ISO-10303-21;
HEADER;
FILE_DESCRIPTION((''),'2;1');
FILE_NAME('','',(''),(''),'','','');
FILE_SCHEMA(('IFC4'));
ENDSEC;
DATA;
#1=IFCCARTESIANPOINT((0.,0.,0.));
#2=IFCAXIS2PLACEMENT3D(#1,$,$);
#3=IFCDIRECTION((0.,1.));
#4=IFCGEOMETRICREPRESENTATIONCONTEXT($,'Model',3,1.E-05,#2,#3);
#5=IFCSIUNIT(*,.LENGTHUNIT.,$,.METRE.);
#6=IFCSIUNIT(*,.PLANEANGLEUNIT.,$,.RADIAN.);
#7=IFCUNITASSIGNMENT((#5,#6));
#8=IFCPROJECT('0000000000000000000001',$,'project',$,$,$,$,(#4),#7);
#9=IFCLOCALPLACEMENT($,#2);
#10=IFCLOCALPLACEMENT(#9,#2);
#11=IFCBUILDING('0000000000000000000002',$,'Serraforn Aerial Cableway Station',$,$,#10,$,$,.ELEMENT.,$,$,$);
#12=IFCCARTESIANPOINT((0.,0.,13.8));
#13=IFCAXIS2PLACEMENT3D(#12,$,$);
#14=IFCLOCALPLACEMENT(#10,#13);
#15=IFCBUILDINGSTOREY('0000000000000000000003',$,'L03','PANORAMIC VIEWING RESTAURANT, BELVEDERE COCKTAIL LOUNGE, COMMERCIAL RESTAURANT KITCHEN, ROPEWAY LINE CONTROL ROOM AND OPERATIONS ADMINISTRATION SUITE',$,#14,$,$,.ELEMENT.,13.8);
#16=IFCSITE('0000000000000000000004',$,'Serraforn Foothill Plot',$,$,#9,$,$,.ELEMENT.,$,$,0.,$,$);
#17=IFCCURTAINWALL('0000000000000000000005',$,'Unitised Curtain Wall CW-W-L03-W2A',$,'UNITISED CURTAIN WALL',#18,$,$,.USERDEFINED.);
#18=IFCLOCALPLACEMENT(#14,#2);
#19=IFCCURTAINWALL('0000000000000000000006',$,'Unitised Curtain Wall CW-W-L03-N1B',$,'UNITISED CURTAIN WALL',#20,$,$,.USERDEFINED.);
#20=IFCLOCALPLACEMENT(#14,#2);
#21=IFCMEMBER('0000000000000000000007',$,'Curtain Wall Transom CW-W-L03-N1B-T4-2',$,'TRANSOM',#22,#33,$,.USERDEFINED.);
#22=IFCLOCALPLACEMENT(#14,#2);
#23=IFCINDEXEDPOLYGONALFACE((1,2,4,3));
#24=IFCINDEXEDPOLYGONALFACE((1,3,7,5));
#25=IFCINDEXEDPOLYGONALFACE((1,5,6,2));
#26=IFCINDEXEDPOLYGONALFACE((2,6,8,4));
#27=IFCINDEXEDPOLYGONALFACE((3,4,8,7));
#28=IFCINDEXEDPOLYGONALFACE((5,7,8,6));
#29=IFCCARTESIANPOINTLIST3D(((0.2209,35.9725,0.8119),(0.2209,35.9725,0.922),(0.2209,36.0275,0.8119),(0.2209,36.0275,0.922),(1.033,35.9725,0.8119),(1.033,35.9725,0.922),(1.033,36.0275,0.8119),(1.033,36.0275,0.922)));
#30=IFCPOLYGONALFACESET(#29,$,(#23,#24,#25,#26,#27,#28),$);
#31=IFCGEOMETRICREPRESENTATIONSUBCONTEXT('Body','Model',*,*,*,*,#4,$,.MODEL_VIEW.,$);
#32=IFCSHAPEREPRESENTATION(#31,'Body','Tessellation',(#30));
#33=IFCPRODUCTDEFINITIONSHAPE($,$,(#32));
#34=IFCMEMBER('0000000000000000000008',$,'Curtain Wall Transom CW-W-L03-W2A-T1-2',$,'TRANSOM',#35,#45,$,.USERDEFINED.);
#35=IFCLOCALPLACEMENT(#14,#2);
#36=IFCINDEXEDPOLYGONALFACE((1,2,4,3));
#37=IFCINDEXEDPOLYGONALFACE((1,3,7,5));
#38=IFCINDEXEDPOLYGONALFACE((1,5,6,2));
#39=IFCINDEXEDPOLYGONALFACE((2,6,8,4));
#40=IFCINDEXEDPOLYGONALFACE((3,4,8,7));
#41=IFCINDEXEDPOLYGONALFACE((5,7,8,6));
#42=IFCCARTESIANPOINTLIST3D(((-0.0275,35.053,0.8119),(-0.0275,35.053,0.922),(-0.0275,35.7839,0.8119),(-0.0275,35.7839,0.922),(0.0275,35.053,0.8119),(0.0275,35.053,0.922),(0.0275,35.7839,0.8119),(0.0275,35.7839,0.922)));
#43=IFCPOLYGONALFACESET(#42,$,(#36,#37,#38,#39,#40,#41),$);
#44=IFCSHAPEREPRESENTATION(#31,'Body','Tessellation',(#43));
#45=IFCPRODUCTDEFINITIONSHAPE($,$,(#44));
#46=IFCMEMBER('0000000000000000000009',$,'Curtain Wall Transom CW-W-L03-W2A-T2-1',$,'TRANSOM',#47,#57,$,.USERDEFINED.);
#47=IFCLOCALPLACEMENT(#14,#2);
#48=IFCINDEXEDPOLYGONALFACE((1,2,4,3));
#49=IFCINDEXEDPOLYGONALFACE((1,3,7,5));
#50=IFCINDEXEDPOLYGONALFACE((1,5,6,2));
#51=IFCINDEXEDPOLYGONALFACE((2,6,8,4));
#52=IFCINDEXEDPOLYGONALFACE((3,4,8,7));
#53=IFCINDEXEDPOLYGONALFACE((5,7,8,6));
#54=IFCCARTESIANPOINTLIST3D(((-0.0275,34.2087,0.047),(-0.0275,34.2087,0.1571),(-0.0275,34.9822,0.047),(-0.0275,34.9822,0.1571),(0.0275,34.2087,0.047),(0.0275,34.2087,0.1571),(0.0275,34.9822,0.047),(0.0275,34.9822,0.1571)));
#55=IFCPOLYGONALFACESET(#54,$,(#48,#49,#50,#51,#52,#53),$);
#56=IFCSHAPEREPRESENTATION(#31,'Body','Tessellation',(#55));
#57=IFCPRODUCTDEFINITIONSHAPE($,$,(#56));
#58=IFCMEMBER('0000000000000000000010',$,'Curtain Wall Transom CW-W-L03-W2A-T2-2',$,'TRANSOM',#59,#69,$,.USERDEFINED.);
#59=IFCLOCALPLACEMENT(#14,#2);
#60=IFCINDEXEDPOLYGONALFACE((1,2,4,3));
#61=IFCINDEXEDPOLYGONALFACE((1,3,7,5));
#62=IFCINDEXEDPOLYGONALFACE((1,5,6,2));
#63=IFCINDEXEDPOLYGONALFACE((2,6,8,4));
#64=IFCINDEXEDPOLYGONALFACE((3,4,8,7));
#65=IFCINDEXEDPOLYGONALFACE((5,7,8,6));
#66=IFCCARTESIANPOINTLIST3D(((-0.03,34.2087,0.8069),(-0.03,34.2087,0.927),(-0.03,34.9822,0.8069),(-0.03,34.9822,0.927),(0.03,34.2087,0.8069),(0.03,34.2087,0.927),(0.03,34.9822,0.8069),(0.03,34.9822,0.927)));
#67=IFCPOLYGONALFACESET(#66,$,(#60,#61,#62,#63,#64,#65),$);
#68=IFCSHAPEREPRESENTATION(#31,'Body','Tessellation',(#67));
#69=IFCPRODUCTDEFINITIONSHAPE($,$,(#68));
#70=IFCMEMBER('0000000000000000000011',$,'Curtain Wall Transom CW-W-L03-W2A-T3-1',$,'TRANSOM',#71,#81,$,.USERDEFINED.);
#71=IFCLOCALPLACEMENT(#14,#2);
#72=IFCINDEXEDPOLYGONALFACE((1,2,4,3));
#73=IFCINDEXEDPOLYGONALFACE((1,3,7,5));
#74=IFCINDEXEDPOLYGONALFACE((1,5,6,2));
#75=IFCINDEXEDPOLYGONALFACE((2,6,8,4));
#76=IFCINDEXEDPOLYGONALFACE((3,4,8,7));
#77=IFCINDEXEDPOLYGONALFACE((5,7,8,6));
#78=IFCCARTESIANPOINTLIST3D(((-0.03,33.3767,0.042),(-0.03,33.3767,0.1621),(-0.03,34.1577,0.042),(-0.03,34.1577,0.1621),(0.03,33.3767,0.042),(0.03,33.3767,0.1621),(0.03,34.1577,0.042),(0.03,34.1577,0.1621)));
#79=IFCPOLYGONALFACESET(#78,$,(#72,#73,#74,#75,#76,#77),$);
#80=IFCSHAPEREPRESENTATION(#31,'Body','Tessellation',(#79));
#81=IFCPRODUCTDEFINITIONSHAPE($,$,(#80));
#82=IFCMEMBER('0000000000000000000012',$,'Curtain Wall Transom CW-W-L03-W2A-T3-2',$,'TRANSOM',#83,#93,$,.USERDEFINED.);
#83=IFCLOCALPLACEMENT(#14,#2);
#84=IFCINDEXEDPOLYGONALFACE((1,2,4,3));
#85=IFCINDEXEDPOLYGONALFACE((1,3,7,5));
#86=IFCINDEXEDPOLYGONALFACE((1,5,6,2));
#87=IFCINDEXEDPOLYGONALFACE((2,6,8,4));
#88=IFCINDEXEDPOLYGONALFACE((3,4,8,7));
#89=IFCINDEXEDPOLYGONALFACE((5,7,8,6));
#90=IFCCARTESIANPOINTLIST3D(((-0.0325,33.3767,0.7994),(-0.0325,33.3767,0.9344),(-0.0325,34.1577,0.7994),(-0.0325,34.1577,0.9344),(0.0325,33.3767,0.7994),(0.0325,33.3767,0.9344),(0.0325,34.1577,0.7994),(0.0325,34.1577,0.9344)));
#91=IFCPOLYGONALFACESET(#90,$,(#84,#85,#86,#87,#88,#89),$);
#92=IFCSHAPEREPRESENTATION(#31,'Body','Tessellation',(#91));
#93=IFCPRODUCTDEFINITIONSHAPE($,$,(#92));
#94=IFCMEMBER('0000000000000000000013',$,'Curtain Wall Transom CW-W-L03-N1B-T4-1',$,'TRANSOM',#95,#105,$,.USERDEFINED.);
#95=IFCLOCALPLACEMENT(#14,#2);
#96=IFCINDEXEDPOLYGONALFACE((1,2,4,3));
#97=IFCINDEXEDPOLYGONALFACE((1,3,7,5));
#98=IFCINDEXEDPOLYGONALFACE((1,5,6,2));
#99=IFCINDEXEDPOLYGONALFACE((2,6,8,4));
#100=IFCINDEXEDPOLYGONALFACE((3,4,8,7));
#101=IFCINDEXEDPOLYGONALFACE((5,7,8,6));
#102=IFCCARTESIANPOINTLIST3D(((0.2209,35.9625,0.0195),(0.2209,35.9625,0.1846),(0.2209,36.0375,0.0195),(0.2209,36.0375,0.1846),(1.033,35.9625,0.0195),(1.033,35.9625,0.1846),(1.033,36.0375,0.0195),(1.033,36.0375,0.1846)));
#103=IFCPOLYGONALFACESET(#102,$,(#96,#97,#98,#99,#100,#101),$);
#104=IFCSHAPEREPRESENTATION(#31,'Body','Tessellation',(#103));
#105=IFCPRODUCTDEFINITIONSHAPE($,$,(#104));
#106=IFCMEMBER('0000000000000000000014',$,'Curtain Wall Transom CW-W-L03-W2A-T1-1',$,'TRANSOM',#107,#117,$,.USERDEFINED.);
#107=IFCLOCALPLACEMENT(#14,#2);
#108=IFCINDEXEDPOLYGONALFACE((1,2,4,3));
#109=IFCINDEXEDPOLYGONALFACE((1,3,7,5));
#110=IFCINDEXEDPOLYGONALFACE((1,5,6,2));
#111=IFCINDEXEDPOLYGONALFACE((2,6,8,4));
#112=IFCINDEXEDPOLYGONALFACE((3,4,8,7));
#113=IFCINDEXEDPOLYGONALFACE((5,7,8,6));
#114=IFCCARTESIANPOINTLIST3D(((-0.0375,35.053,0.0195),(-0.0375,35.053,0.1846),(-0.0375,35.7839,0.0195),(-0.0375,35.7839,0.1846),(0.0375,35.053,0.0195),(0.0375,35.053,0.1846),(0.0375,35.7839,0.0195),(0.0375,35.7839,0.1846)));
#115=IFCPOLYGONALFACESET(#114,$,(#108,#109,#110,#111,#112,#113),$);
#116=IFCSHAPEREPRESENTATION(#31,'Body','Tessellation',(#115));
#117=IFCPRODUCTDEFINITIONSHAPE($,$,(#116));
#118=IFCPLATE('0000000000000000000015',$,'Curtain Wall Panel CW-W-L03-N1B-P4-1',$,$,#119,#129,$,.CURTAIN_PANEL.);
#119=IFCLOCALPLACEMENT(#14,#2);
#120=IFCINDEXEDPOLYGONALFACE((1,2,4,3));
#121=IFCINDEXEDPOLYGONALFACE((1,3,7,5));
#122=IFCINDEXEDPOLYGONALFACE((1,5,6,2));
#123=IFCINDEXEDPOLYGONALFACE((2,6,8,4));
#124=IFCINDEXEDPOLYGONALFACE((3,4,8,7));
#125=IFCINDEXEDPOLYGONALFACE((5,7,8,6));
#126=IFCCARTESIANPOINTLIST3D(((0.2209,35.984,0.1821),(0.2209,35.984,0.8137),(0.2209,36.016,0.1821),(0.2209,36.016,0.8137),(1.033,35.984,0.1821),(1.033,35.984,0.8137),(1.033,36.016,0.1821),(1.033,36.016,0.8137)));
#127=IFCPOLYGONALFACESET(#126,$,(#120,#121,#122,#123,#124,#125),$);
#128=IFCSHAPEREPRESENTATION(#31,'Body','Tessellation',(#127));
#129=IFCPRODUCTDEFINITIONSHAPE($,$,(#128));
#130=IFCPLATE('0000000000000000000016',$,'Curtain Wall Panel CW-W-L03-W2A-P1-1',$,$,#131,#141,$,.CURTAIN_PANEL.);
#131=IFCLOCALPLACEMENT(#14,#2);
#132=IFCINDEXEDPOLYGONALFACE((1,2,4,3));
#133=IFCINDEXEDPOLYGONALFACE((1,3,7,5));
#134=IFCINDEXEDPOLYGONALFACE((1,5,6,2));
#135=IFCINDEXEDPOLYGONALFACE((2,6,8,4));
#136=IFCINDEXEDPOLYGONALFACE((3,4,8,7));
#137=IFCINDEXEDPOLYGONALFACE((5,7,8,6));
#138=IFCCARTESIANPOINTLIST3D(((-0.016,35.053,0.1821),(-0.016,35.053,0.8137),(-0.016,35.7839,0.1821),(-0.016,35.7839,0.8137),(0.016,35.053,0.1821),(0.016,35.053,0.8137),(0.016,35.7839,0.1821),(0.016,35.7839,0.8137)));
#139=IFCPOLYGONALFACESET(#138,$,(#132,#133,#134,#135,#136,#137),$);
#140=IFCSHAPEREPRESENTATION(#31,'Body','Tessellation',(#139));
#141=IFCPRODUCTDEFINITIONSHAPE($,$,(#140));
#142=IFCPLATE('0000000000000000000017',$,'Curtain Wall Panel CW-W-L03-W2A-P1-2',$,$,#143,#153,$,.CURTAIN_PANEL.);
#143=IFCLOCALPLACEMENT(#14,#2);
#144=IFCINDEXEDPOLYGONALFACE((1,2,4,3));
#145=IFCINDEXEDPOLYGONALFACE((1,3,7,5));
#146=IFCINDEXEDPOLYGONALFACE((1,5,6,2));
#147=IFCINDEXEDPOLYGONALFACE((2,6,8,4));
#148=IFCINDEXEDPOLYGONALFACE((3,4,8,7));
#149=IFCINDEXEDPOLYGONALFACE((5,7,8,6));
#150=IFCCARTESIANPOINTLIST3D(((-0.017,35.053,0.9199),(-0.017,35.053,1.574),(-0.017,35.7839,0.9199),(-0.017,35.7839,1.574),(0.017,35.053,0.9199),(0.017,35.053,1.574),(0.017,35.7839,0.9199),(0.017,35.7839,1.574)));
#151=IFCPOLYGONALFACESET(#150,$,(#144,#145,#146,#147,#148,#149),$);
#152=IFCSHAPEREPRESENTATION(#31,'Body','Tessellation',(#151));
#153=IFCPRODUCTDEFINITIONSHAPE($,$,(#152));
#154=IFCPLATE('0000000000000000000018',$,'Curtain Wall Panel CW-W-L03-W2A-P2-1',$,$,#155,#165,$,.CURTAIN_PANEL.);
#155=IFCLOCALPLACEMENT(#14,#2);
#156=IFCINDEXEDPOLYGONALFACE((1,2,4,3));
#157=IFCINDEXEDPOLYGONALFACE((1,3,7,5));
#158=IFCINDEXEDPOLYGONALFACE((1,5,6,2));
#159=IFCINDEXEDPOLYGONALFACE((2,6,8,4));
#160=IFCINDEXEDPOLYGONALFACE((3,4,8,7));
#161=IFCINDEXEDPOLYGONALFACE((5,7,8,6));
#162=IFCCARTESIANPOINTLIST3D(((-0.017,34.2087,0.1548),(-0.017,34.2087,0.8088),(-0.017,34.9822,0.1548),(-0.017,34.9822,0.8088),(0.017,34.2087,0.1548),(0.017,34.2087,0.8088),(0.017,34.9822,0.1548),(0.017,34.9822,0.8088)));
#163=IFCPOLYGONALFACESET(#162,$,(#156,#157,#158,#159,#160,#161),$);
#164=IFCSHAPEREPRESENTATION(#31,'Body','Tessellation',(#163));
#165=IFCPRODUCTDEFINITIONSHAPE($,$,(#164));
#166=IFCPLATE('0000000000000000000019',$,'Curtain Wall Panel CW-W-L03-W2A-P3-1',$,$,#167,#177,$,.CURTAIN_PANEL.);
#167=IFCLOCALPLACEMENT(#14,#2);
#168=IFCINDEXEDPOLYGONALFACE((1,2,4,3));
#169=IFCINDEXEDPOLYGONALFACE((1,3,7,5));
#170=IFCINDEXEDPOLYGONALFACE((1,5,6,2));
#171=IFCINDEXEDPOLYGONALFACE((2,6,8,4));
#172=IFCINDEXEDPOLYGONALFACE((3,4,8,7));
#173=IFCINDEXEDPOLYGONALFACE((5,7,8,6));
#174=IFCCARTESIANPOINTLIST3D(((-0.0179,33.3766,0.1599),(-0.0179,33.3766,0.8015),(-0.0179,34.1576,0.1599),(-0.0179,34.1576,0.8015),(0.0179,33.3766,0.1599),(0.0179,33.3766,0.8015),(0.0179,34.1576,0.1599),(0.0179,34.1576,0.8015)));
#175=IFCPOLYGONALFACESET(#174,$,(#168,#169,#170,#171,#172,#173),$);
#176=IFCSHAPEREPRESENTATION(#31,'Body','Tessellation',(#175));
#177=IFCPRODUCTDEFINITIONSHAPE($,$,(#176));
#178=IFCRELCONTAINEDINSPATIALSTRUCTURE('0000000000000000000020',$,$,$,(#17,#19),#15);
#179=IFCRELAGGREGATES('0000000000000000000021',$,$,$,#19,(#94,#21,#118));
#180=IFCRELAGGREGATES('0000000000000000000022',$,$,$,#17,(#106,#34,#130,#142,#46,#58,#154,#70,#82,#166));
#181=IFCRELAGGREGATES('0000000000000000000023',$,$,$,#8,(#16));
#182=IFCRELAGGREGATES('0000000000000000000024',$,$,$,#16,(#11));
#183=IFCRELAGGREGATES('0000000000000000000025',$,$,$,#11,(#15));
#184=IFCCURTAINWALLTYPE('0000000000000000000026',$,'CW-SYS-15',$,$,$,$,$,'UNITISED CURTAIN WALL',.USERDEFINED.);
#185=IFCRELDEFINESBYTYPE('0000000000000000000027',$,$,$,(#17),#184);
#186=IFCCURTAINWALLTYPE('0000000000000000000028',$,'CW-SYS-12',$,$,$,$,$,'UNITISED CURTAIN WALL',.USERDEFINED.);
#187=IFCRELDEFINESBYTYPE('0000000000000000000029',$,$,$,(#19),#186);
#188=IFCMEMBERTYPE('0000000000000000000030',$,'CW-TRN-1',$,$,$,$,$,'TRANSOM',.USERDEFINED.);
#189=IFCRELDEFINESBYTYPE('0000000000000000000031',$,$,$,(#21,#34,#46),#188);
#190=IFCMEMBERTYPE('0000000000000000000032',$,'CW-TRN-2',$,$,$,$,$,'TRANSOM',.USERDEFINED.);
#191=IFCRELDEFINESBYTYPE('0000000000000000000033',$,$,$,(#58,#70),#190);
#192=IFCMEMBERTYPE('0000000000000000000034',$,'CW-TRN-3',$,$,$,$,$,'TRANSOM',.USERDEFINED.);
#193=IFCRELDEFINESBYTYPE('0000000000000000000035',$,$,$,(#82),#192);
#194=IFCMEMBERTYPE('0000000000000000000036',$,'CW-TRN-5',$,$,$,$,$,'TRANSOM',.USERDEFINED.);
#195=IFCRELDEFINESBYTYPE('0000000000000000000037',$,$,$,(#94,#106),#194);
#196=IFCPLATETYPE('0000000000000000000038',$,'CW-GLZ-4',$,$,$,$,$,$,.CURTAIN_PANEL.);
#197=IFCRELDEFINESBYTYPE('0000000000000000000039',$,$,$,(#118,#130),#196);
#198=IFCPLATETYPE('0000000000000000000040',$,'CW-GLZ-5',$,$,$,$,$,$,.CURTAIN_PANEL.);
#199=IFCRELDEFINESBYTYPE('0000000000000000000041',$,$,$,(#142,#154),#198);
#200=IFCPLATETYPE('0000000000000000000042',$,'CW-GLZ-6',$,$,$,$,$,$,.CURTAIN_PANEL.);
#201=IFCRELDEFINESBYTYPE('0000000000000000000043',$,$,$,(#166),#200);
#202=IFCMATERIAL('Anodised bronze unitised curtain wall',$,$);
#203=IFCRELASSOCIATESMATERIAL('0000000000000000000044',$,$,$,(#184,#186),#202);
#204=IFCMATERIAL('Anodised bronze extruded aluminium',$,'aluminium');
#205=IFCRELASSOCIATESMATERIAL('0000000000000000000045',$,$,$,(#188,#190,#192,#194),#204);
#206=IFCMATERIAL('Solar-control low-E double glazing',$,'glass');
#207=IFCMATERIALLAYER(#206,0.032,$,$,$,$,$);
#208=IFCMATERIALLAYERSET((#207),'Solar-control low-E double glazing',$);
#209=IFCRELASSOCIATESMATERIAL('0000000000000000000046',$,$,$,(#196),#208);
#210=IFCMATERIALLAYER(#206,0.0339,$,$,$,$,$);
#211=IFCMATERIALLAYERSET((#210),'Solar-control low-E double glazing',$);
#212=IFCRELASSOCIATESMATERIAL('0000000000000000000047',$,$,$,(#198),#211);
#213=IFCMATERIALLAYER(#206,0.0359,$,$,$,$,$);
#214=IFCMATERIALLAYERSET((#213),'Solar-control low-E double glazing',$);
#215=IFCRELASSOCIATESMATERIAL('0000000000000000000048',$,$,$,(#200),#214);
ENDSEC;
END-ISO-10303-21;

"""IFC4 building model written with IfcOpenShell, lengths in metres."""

from ifc_helpers import new_model, si_unit, direction, frame, origin, origin_2d, place, context, subcontext, project, spatial, rectangle, extrude, material, layer, layer_set, material_profile, profile_set, type_object, element, aggregate, save


model = new_model("IFC4")

# Units and contexts
model_context = context("Model", 3, precision=1e-05, world=origin(), true_north=direction((0.0, 1.0)))
body_context = subcontext(model_context, "Body", "Model", "MODEL_VIEW")
ifc_project = project(units=[si_unit("LENGTHUNIT", "METRE"), si_unit("PLANEANGLEUNIT", "RADIAN")], contexts=[model_context])

# Site, building, storey
site_placement = place(None, origin())
site = spatial("IfcSite", under=ifc_project, at=site_placement, Name="Serraforn Foothill Plot", CompositionType="ELEMENT", RefElevation=0.0)
building_placement = place(site_placement, origin())
building = spatial("IfcBuilding", under=site, at=building_placement, Name="Serraforn Aerial Cableway Station", CompositionType="ELEMENT")
storey_placement = place(building_placement, frame((0.0, 0.0, 13.8)))
storey = spatial("IfcBuildingStorey", under=building, at=storey_placement, Name="L03", Description="PANORAMIC VIEWING RESTAURANT, BELVEDERE COCKTAIL LOUNGE, COMMERCIAL RESTAURANT KITCHEN, ROPEWAY LINE CONTROL ROOM AND OPERATIONS ADMINISTRATION SUITE", CompositionType="ELEMENT", Elevation=13.8)

# Curtain wall
ifc_material_1 = material(Name="Anodised bronze unitised curtain wall")
curtain_wall_type_1 = type_object("IfcCurtainWallType", Name="CW-SYS-15", ElementType="UNITISED CURTAIN WALL", PredefinedType="USERDEFINED", material=ifc_material_1)
curtain_wall_1_placement = place(storey_placement, origin())
curtain_wall_1 = element("IfcCurtainWall", 1, at=curtain_wall_1_placement, inside=storey, type_object=curtain_wall_type_1, Name="Unitised Curtain Wall CW-W-L03-W2A", ObjectType="UNITISED CURTAIN WALL", PredefinedType="USERDEFINED")
ifc_material_2 = material(Name="Anodised bronze extruded aluminium", Category="aluminium")

# Curtain wall
curtain_wall_type_2 = type_object("IfcCurtainWallType", Name="CW-SYS-12", ElementType="UNITISED CURTAIN WALL", PredefinedType="USERDEFINED", material=ifc_material_1)
curtain_wall_2_placement = place(storey_placement, origin())
curtain_wall_2 = element("IfcCurtainWall", 2, at=curtain_wall_2_placement, inside=storey, type_object=curtain_wall_type_2, Name="Unitised Curtain Wall CW-W-L03-N1B", ObjectType="UNITISED CURTAIN WALL", PredefinedType="USERDEFINED")

# Members
ifc_material_profile_1 = material_profile(ifc_material_2, rectangle(XDim=0.0549, YDim=0.1101, at=origin_2d()), Name="CW TRANSOM 55x110")
ifc_profile_set_1 = profile_set([ifc_material_profile_1], Name="Anodised bronze extruded aluminium")
member_type_1 = type_object("IfcMemberType", Name="CW-TRN-1", ElementType="TRANSOM", PredefinedType="USERDEFINED", material=ifc_profile_set_1)
member_1_placement = place(storey_placement, frame((1.033, 36.0, 0.8669), z_axis=(-1.0, 0.0, 0.0), x_axis=(0.0, -1.0, 0.0)))
member_1 = element("IfcMember", 3, at=member_1_placement, type_object=member_type_1, Name="Curtain Wall Transom CW-W-L03-N1B-T4-2", ObjectType="TRANSOM", PredefinedType="USERDEFINED", context=body_context, shape_type="SweptSolid", body=[
    extrude(rectangle(XDim=0.0549, YDim=0.1101, at=origin_2d()), origin(), (0.0, 0.0, 1.0), 0.812),
])
member_2_placement = place(storey_placement, frame((0.0, 35.7839, 0.8669), z_axis=(0.0, -1.0, 0.0), x_axis=(1.0, 0.0, 0.0)))
member_2 = element("IfcMember", 4, at=member_2_placement, type_object=member_type_1, Name="Curtain Wall Transom CW-W-L03-W2A-T1-2", ObjectType="TRANSOM", PredefinedType="USERDEFINED", context=body_context, shape_type="SweptSolid", body=[
    extrude(rectangle(XDim=0.0549, YDim=0.1101, at=origin_2d()), origin(), (0.0, 0.0, 1.0), 0.731),
])
member_3_placement = place(storey_placement, frame((0.0, 34.9822, 0.1021), z_axis=(0.0, -1.0, 0.0), x_axis=(1.0, 0.0, 0.0)))
member_3 = element("IfcMember", 5, at=member_3_placement, type_object=member_type_1, Name="Curtain Wall Transom CW-W-L03-W2A-T2-1", ObjectType="TRANSOM", PredefinedType="USERDEFINED", context=body_context, shape_type="SweptSolid", body=[
    extrude(rectangle(XDim=0.0549, YDim=0.1101, at=origin_2d()), origin(), (0.0, 0.0, 1.0), 0.7734),
])
ifc_material_profile_2 = material_profile(ifc_material_2, rectangle(XDim=0.0601, YDim=0.1201, at=origin_2d()), Name="CW TRANSOM 60x120")
ifc_profile_set_2 = profile_set([ifc_material_profile_2], Name="Anodised bronze extruded aluminium")
member_type_2 = type_object("IfcMemberType", Name="CW-TRN-2", ElementType="TRANSOM", PredefinedType="USERDEFINED", material=ifc_profile_set_2)
member_4_placement = place(storey_placement, frame((0.0, 34.9822, 0.8669), z_axis=(0.0, -1.0, 0.0), x_axis=(1.0, 0.0, 0.0)))
member_4 = element("IfcMember", 6, at=member_4_placement, type_object=member_type_2, Name="Curtain Wall Transom CW-W-L03-W2A-T2-2", ObjectType="TRANSOM", PredefinedType="USERDEFINED", context=body_context, shape_type="SweptSolid", body=[
    extrude(rectangle(XDim=0.0601, YDim=0.1201, at=origin_2d()), origin(), (0.0, 0.0, 1.0), 0.7734),
])
member_5_placement = place(storey_placement, frame((0.0, 34.1577, 0.1021), z_axis=(0.0, -1.0, 0.0), x_axis=(1.0, 0.0, 0.0)))
member_5 = element("IfcMember", 7, at=member_5_placement, type_object=member_type_2, Name="Curtain Wall Transom CW-W-L03-W2A-T3-1", ObjectType="TRANSOM", PredefinedType="USERDEFINED", context=body_context, shape_type="SweptSolid", body=[
    extrude(rectangle(XDim=0.0601, YDim=0.1201, at=origin_2d()), origin(), (0.0, 0.0, 1.0), 0.781),
])
ifc_material_profile_3 = material_profile(ifc_material_2, rectangle(XDim=0.0649, YDim=0.135, at=origin_2d()), Name="CW TRANSOM 65x135")
ifc_profile_set_3 = profile_set([ifc_material_profile_3], Name="Anodised bronze extruded aluminium")
member_type_3 = type_object("IfcMemberType", Name="CW-TRN-3", ElementType="TRANSOM", PredefinedType="USERDEFINED", material=ifc_profile_set_3)
member_6_placement = place(storey_placement, frame((0.0, 34.1577, 0.8669), z_axis=(0.0, -1.0, 0.0), x_axis=(1.0, 0.0, 0.0)))
member_6 = element("IfcMember", 8, at=member_6_placement, type_object=member_type_3, Name="Curtain Wall Transom CW-W-L03-W2A-T3-2", ObjectType="TRANSOM", PredefinedType="USERDEFINED", context=body_context, shape_type="SweptSolid", body=[
    extrude(rectangle(XDim=0.0649, YDim=0.135, at=origin_2d()), origin(), (0.0, 0.0, 1.0), 0.781),
])
ifc_material_profile_4 = material_profile(ifc_material_2, rectangle(XDim=0.075, YDim=0.165, at=origin_2d()), Name="CW TRANSOM 75x165")
ifc_profile_set_4 = profile_set([ifc_material_profile_4], Name="Anodised bronze extruded aluminium")
member_type_4 = type_object("IfcMemberType", Name="CW-TRN-5", ElementType="TRANSOM", PredefinedType="USERDEFINED", material=ifc_profile_set_4)
member_7_placement = place(storey_placement, frame((1.033, 36.0, 0.1021), z_axis=(-1.0, 0.0, 0.0), x_axis=(0.0, -1.0, 0.0)))
member_7 = element("IfcMember", 9, at=member_7_placement, type_object=member_type_4, Name="Curtain Wall Transom CW-W-L03-N1B-T4-1", ObjectType="TRANSOM", PredefinedType="USERDEFINED", context=body_context, shape_type="SweptSolid", body=[
    extrude(rectangle(XDim=0.075, YDim=0.165, at=origin_2d()), origin(), (0.0, 0.0, 1.0), 0.812),
])
member_8_placement = place(storey_placement, frame((0.0, 35.7839, 0.1021), z_axis=(0.0, -1.0, 0.0), x_axis=(1.0, 0.0, 0.0)))
member_8 = element("IfcMember", 10, at=member_8_placement, type_object=member_type_4, Name="Curtain Wall Transom CW-W-L03-W2A-T1-1", ObjectType="TRANSOM", PredefinedType="USERDEFINED", context=body_context, shape_type="SweptSolid", body=[
    extrude(rectangle(XDim=0.075, YDim=0.165, at=origin_2d()), origin(), (0.0, 0.0, 1.0), 0.731),
])

# Plates
ifc_material_3 = material(Name="Solar-control low-E double glazing", Category="glass")
ifc_layer_1 = layer(ifc_material_3, 0.032)
ifc_layer_set_1 = layer_set([ifc_layer_1], Name="Solar-control low-E double glazing")
plate_type_1 = type_object("IfcPlateType", Name="CW-GLZ-4", PredefinedType="CURTAIN_PANEL", material=ifc_layer_set_1)
plate_1_placement = place(storey_placement, frame((0.627, 36.0, 0.1821), z_axis=(0.0, 0.0, 1.0), x_axis=(1.0, 0.0, 0.0)))
plate_1 = element("IfcPlate", 11, at=plate_1_placement, type_object=plate_type_1, Name="Curtain Wall Panel CW-W-L03-N1B-P4-1", PredefinedType="CURTAIN_PANEL", context=body_context, shape_type="SweptSolid", body=[
    extrude(rectangle(XDim=0.812, YDim=0.032, at=origin_2d()), origin(), (0.0, 0.0, 1.0), 0.6316),
])
aggregate(curtain_wall_2, [member_7, member_1, plate_1])
plate_2_placement = place(storey_placement, frame((0.0, 35.4185, 0.1821), z_axis=(0.0, 0.0, 1.0), x_axis=(1.0, 0.0, 0.0)))
plate_2 = element("IfcPlate", 12, at=plate_2_placement, type_object=plate_type_1, Name="Curtain Wall Panel CW-W-L03-W2A-P1-1", PredefinedType="CURTAIN_PANEL", context=body_context, shape_type="SweptSolid", body=[
    extrude(rectangle(XDim=0.032, YDim=0.731, at=origin_2d()), origin(), (0.0, 0.0, 1.0), 0.6316),
])
ifc_layer_2 = layer(ifc_material_3, 0.0339)
ifc_layer_set_2 = layer_set([ifc_layer_2], Name="Solar-control low-E double glazing")
plate_type_2 = type_object("IfcPlateType", Name="CW-GLZ-5", PredefinedType="CURTAIN_PANEL", material=ifc_layer_set_2)
plate_3_placement = place(storey_placement, frame((0.0, 35.4185, 0.9199), z_axis=(0.0, 0.0, 1.0), x_axis=(1.0, 0.0, 0.0)))
plate_3 = element("IfcPlate", 13, at=plate_3_placement, type_object=plate_type_2, Name="Curtain Wall Panel CW-W-L03-W2A-P1-2", PredefinedType="CURTAIN_PANEL", context=body_context, shape_type="SweptSolid", body=[
    extrude(rectangle(XDim=0.0339, YDim=0.731, at=origin_2d()), origin(), (0.0, 0.0, 1.0), 0.6541),
])
plate_4_placement = place(storey_placement, frame((0.0, 34.5955, 0.1548), z_axis=(0.0, 0.0, 1.0), x_axis=(1.0, 0.0, 0.0)))
plate_4 = element("IfcPlate", 14, at=plate_4_placement, type_object=plate_type_2, Name="Curtain Wall Panel CW-W-L03-W2A-P2-1", PredefinedType="CURTAIN_PANEL", context=body_context, shape_type="SweptSolid", body=[
    extrude(rectangle(XDim=0.0339, YDim=0.7734, at=origin_2d()), origin(), (0.0, 0.0, 1.0), 0.6541),
])
ifc_layer_3 = layer(ifc_material_3, 0.0359)
ifc_layer_set_3 = layer_set([ifc_layer_3], Name="Solar-control low-E double glazing")
plate_type_3 = type_object("IfcPlateType", Name="CW-GLZ-6", PredefinedType="CURTAIN_PANEL", material=ifc_layer_set_3)
plate_5_placement = place(storey_placement, frame((0.0, 33.7671, 0.1599), z_axis=(0.0, 0.0, 1.0), x_axis=(1.0, 0.0, 0.0)))
plate_5 = element("IfcPlate", 15, at=plate_5_placement, type_object=plate_type_3, Name="Curtain Wall Panel CW-W-L03-W2A-P3-1", PredefinedType="CURTAIN_PANEL", context=body_context, shape_type="SweptSolid", body=[
    extrude(rectangle(XDim=0.0359, YDim=0.781, at=origin_2d()), origin(), (0.0, 0.0, 1.0), 0.6416),
])
aggregate(curtain_wall_1, [member_8, member_2, plate_2, plate_3, member_3, member_4, plate_4, member_5, member_6, plate_5])

save(model, "model.ifc")
